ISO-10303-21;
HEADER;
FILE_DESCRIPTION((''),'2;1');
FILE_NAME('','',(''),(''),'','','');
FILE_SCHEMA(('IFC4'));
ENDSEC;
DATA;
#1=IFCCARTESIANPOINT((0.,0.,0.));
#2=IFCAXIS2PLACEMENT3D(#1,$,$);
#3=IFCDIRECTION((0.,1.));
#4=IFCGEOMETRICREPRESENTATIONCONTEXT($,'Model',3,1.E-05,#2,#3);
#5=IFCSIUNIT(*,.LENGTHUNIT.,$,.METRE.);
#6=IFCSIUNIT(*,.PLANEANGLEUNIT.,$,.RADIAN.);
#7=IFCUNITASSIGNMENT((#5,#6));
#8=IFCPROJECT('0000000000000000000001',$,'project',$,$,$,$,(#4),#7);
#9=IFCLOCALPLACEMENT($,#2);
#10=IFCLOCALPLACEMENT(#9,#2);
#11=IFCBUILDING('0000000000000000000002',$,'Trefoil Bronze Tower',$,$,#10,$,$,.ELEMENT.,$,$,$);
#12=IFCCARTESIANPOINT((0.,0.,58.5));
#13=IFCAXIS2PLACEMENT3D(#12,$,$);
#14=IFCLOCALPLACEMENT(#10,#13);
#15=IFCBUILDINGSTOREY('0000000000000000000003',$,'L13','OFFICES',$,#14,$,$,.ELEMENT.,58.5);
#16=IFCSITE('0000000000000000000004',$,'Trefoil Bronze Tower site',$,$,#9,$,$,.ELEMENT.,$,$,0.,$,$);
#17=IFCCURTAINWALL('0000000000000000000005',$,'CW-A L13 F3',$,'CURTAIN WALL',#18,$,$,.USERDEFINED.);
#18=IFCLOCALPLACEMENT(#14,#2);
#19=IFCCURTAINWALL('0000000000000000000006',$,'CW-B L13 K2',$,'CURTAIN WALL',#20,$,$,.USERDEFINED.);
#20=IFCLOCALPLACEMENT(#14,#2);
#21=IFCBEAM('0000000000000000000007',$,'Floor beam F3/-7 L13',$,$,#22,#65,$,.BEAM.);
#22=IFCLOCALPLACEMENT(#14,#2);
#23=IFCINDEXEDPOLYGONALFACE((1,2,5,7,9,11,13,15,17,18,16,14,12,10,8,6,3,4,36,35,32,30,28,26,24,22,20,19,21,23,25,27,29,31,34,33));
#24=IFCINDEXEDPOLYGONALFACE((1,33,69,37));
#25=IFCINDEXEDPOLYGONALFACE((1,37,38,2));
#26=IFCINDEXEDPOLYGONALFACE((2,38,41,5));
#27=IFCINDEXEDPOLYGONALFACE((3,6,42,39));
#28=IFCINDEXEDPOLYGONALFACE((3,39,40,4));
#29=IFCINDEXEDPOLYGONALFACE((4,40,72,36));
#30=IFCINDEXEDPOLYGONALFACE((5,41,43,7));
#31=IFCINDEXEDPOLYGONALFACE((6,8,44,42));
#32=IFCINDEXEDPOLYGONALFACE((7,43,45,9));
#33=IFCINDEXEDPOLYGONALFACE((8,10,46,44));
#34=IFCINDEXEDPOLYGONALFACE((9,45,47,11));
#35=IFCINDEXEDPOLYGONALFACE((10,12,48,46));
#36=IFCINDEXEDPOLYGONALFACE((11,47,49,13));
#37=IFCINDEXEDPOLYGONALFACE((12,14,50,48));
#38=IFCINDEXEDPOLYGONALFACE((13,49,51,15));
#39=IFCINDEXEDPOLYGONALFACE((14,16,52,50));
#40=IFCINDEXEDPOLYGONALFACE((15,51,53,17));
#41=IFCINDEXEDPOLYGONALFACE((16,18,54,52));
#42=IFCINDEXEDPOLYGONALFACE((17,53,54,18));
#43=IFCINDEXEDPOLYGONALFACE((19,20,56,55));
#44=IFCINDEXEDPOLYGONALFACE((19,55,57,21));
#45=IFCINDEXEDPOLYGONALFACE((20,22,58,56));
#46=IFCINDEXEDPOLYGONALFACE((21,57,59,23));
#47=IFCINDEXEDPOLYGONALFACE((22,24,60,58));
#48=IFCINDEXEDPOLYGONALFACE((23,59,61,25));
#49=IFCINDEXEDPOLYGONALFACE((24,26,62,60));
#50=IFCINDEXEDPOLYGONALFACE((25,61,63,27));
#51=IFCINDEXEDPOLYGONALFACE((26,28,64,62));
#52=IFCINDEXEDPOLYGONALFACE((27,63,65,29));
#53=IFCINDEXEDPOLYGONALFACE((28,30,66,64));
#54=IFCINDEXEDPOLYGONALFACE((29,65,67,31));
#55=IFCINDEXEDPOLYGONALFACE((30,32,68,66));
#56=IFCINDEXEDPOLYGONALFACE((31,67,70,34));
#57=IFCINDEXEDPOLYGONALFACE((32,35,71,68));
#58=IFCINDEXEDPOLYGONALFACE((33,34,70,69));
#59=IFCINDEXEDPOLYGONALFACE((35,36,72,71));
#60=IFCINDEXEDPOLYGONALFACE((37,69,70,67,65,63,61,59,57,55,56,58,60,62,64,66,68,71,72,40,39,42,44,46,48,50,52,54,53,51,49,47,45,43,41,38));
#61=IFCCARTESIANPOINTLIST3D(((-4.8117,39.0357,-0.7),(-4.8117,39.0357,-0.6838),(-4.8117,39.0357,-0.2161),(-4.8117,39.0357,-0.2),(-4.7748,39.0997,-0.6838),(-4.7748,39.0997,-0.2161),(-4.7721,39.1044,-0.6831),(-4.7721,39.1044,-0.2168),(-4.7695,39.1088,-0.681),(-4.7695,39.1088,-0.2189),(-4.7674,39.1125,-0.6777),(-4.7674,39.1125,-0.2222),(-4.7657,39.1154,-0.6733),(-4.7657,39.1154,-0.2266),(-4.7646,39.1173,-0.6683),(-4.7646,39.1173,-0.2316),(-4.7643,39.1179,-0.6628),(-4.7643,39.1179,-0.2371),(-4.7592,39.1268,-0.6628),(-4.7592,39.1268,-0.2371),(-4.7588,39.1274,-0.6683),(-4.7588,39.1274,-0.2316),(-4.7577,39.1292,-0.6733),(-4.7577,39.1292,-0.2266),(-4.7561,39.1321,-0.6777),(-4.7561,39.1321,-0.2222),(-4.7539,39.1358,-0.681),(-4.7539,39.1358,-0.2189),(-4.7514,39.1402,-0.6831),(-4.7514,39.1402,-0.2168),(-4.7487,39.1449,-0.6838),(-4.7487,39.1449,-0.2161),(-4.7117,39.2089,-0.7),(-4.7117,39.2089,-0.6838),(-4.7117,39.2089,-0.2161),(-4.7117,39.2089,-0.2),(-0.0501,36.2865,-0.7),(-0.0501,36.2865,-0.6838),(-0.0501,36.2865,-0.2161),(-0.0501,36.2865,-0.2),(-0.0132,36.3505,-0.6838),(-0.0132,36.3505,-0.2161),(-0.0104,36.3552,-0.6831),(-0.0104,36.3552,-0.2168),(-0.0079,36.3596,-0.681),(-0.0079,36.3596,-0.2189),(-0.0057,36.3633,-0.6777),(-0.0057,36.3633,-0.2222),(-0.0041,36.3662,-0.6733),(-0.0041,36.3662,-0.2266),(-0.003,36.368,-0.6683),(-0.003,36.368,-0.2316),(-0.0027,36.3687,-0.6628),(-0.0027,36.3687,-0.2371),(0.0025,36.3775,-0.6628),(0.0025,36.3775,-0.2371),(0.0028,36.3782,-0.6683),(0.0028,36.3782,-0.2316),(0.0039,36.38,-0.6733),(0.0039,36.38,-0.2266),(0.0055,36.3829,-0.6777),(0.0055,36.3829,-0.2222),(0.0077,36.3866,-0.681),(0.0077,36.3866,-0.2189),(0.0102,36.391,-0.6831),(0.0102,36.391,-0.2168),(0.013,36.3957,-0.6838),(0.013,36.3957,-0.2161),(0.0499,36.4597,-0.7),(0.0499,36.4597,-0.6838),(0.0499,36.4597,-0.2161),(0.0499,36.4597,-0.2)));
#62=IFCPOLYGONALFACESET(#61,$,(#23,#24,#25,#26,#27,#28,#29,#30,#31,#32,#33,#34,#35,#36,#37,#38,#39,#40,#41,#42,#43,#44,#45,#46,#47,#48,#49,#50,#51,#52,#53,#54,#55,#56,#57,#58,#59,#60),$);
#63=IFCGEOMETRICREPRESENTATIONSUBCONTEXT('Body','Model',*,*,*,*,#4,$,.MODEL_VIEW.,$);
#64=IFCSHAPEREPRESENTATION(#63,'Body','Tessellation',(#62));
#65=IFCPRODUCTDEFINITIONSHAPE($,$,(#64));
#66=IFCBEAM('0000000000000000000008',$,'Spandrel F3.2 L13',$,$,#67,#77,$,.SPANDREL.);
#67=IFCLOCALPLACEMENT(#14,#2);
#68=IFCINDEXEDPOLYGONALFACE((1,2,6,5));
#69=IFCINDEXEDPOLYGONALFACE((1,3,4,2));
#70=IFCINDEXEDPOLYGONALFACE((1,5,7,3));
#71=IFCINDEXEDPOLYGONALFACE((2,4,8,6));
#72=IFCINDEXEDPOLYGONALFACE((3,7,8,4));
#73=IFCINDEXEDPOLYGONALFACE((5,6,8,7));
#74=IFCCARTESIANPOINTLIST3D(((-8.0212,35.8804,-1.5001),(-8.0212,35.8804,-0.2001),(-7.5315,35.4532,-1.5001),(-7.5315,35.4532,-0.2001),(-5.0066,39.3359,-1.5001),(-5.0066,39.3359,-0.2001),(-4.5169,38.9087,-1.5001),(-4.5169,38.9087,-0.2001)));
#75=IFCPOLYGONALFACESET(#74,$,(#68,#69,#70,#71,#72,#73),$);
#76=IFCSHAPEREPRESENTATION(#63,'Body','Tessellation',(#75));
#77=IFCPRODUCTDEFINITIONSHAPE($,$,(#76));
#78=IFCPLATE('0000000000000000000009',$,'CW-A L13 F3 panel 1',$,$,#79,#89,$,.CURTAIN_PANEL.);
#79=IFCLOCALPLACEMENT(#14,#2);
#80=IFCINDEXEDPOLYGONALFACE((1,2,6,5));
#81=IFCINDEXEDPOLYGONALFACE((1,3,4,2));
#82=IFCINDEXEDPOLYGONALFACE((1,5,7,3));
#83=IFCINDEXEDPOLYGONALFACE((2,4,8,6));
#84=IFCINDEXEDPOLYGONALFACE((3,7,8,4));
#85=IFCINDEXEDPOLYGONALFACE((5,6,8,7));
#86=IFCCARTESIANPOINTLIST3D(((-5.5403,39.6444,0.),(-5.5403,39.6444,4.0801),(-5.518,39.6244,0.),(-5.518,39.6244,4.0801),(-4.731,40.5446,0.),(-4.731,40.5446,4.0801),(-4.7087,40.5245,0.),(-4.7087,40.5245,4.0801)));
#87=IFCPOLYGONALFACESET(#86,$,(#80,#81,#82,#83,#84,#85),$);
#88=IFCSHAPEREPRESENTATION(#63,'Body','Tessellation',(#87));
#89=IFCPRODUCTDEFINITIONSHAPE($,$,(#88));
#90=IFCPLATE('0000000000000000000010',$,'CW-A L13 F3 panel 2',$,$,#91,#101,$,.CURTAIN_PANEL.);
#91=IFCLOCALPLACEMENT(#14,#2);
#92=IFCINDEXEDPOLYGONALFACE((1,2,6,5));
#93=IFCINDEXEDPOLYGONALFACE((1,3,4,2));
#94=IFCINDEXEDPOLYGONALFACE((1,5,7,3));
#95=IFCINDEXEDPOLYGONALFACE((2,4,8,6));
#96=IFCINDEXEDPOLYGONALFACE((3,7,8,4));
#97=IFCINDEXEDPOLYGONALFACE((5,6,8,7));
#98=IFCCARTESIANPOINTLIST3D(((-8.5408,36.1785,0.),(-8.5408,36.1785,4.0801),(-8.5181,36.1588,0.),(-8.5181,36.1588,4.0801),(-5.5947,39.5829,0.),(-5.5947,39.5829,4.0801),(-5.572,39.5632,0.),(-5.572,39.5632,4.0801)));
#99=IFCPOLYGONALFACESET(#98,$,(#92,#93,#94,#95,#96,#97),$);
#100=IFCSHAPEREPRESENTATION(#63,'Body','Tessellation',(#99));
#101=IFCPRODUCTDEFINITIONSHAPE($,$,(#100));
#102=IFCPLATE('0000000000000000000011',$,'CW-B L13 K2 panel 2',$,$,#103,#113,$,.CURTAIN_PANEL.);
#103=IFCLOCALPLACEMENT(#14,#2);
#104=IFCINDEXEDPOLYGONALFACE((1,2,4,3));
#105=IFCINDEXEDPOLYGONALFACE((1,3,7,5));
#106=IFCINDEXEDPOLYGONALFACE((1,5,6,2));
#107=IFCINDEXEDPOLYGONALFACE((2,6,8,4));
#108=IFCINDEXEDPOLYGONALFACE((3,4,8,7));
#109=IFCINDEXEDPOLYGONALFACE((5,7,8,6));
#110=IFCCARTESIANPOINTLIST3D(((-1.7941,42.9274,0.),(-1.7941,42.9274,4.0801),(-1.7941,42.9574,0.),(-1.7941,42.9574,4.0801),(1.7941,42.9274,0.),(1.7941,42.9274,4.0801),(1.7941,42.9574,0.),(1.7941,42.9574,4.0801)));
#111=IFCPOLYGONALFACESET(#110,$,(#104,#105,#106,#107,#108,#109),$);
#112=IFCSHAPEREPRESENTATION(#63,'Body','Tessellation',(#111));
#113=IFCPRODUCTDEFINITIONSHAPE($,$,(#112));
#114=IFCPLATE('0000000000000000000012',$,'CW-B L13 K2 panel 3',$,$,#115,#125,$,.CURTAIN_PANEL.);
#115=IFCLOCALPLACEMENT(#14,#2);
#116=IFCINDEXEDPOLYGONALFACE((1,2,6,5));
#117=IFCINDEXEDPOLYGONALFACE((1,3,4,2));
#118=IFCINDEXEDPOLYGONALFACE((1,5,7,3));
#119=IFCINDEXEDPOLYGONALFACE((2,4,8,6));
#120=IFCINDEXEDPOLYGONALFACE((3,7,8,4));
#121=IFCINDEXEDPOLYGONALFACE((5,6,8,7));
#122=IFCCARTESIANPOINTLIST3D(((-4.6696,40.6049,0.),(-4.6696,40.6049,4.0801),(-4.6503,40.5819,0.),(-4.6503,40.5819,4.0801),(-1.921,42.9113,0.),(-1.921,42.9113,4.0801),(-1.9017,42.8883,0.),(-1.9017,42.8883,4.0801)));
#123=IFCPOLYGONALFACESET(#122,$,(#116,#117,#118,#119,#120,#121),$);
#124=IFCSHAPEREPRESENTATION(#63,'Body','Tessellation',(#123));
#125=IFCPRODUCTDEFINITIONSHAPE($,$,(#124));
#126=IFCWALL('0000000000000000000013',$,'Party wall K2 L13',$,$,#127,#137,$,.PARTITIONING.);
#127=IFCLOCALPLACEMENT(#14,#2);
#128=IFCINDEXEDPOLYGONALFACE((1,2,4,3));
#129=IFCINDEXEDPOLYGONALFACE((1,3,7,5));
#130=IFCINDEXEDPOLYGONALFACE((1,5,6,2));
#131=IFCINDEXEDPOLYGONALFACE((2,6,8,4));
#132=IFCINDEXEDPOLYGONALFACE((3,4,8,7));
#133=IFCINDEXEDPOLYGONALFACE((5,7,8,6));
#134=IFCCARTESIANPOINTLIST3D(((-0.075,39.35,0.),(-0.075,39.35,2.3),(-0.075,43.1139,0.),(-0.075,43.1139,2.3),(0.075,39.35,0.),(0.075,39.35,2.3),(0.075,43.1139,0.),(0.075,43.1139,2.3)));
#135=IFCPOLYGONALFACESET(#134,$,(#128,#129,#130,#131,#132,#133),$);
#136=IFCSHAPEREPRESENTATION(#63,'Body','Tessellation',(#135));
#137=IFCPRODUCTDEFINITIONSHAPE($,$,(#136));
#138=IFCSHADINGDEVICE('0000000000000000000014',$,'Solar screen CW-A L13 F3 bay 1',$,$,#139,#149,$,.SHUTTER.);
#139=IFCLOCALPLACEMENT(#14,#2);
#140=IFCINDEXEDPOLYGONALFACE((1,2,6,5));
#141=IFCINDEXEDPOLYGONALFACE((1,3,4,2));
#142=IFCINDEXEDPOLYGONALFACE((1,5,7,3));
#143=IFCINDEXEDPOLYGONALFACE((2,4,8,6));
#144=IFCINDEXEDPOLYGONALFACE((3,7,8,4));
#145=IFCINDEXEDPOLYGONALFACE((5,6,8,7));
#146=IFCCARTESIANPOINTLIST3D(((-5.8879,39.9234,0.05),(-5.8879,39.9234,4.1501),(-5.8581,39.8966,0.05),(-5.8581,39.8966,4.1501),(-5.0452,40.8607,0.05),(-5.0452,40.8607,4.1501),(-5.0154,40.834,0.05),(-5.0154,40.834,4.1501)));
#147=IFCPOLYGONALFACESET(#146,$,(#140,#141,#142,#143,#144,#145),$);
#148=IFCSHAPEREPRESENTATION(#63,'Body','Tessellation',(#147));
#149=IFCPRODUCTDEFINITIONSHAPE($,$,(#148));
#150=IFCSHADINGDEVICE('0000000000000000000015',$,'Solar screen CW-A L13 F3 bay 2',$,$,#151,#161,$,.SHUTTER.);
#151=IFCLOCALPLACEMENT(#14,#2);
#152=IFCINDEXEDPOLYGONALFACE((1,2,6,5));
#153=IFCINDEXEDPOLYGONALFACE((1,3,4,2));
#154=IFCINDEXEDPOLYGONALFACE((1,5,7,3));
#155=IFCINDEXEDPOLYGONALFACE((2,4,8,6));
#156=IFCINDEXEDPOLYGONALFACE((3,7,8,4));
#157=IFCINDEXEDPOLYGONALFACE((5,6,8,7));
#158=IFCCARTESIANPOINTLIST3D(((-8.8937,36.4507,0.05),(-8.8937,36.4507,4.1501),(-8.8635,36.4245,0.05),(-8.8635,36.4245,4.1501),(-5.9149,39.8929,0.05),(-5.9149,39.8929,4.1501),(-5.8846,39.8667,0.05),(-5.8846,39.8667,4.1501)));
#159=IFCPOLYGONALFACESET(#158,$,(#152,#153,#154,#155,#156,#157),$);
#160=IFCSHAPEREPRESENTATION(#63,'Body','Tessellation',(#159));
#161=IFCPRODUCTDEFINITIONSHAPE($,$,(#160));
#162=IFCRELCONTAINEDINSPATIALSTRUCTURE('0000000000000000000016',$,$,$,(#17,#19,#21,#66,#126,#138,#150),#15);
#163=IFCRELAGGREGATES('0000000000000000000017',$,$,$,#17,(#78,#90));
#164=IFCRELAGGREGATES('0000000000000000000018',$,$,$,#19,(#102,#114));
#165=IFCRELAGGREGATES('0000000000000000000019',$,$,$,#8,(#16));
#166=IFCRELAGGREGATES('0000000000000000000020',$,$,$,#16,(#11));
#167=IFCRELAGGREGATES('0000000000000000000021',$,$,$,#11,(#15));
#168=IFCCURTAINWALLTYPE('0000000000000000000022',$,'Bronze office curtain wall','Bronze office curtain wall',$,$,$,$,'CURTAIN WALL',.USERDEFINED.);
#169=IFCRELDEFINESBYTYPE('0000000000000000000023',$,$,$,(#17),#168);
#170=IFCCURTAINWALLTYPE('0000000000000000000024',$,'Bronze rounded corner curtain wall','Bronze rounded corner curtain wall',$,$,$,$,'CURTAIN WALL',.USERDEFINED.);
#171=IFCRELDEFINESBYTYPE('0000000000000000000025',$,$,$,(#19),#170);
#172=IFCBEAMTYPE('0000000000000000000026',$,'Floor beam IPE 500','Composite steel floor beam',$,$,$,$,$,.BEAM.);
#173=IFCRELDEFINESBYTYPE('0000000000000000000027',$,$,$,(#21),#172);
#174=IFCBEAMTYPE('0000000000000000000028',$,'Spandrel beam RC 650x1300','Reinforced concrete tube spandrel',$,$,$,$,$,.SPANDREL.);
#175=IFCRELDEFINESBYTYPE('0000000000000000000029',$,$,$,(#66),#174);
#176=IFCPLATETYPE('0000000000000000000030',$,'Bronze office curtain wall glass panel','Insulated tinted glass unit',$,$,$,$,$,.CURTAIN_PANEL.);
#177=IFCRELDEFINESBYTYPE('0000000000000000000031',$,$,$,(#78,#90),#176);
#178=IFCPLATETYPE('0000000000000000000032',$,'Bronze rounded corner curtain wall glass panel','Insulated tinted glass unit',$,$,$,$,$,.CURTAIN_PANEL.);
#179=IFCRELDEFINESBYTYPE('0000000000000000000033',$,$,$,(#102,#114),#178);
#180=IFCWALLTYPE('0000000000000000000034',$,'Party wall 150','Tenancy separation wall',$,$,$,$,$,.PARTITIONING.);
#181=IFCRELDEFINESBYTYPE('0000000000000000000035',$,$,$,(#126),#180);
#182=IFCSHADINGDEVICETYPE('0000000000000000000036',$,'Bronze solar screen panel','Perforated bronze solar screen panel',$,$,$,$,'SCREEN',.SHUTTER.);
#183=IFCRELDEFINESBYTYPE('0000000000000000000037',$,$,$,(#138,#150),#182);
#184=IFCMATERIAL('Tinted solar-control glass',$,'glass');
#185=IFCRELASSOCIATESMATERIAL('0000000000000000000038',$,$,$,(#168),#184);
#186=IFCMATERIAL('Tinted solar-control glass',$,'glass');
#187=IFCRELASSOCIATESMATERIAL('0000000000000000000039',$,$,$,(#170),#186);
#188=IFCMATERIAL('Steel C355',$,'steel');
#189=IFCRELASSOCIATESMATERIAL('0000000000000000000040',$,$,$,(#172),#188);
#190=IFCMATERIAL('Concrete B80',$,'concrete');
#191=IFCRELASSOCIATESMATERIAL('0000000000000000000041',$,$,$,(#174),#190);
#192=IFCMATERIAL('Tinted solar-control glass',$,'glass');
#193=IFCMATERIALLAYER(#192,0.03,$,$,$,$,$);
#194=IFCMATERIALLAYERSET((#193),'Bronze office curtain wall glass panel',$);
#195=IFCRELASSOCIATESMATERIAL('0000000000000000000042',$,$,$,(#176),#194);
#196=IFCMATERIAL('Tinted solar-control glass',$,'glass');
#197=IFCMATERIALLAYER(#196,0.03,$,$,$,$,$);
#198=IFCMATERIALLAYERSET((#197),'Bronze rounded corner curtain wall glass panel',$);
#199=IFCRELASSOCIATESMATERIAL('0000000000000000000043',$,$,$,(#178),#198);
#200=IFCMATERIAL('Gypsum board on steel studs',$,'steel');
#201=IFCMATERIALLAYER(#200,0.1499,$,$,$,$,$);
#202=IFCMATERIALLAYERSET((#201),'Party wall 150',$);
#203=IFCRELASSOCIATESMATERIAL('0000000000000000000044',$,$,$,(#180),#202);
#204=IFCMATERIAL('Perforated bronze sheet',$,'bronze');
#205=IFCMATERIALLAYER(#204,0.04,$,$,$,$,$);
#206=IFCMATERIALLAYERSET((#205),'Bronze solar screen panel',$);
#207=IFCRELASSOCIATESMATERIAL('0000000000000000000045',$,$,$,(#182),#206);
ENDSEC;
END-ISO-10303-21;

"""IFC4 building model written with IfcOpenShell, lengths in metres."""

from ifc_helpers import new_model, si_unit, direction, frame, frame_2d, origin, origin_2d, place, context, subcontext, project, spatial, rectangle, i_section, extrude, material, layer, layer_set, material_profile, profile_set, type_object, element, aggregate, save


model = new_model("IFC4")

# Units and contexts
model_context = context("Model", 3, precision=1e-05, world=origin(), true_north=direction((0.0, 1.0)))
body_context = subcontext(model_context, "Body", "Model", "MODEL_VIEW")
ifc_project = project(units=[si_unit("LENGTHUNIT", "METRE"), si_unit("PLANEANGLEUNIT", "RADIAN")], contexts=[model_context])

# Site, building, storey
site_placement = place(None, origin())
site = spatial("IfcSite", under=ifc_project, at=site_placement, Name="Trefoil Bronze Tower site", CompositionType="ELEMENT", RefElevation=0.0)
building_placement = place(site_placement, origin())
building = spatial("IfcBuilding", under=site, at=building_placement, Name="Trefoil Bronze Tower", CompositionType="ELEMENT")
storey_placement = place(building_placement, frame((0.0, 0.0, 58.5)))
storey = spatial("IfcBuildingStorey", under=building, at=storey_placement, Name="L13", Description="OFFICES", CompositionType="ELEMENT", Elevation=58.5)

# Curtain walls
ifc_material_1 = material(Name="Tinted solar-control glass", Category="glass")
curtain_wall_type_1 = type_object("IfcCurtainWallType", Name="Bronze office curtain wall", Description="Bronze office curtain wall", ElementType="CURTAIN WALL", PredefinedType="USERDEFINED", material=ifc_material_1)
curtain_wall_1_placement = place(storey_placement, origin())
curtain_wall_1 = element("IfcCurtainWall", 1, at=curtain_wall_1_placement, inside=storey, type_object=curtain_wall_type_1, Name="CW-A L13 F3", ObjectType="CURTAIN WALL", PredefinedType="USERDEFINED")
ifc_material_2 = material(Name="Tinted solar-control glass", Category="glass")
curtain_wall_type_2 = type_object("IfcCurtainWallType", Name="Bronze rounded corner curtain wall", Description="Bronze rounded corner curtain wall", ElementType="CURTAIN WALL", PredefinedType="USERDEFINED", material=ifc_material_2)
curtain_wall_2_placement = place(storey_placement, origin())
curtain_wall_2 = element("IfcCurtainWall", 2, at=curtain_wall_2_placement, inside=storey, type_object=curtain_wall_type_2, Name="CW-B L13 K2", ObjectType="CURTAIN WALL", PredefinedType="USERDEFINED")

# Beams
ifc_material_3 = material(Name="Steel C355", Category="steel")
ifc_material_profile_1 = material_profile(ifc_material_3, i_section(OverallWidth=0.2, OverallDepth=0.5, WebThickness=0.0103, FlangeThickness=0.0161, FilletRadius=0.021, at=origin_2d()), Name="IPE 500")
ifc_profile_set_1 = profile_set([ifc_material_profile_1], Name="Steel C355")
beam_type_1 = type_object("IfcBeamType", Name="Floor beam IPE 500", Description="Composite steel floor beam", PredefinedType="BEAM", material=ifc_profile_set_1)
beam_1_placement = place(storey_placement, frame((-4.7617, 39.1223, -0.45), z_axis=(0.866018, -0.500012, 0.0), x_axis=(0.500012, 0.866018, 0.0)))
element("IfcBeam", 3, at=beam_1_placement, inside=storey, type_object=beam_type_1, Name="Floor beam F3/-7 L13", PredefinedType="BEAM", context=body_context, shape_type="SweptSolid", body=[
    extrude(i_section(OverallWidth=0.2, OverallDepth=0.5, WebThickness=0.0103, FlangeThickness=0.0161, FilletRadius=0.021, at=origin_2d()), origin(), (0.0, 0.0, 1.0), 5.4983),
])
ifc_material_4 = material(Name="Concrete B80", Category="concrete")
ifc_material_profile_2 = material_profile(ifc_material_4, rectangle(XDim=0.6499, YDim=1.3, at=origin_2d()), Name="RC 650x1300")
ifc_profile_set_2 = profile_set([ifc_material_profile_2], Name="Concrete B80")
beam_type_2 = type_object("IfcBeamType", Name="Spandrel beam RC 650x1300", Description="Reinforced concrete tube spandrel", PredefinedType="SPANDREL", material=ifc_profile_set_2)
beam_2_placement = place(storey_placement, frame((-4.7617, 39.1223, -0.8501), z_axis=(-0.657396, -0.753545, 0.0), x_axis=(0.753545, -0.657396, 0.0)))
element("IfcBeam", 4, at=beam_2_placement, inside=storey, type_object=beam_type_2, Name="Spandrel F3.2 L13", PredefinedType="SPANDREL", context=body_context, shape_type="SweptSolid", body=[
    extrude(rectangle(XDim=0.6499, YDim=1.3, at=origin_2d()), origin(), (0.0, 0.0, 1.0), 4.5857),
])

# Plates
ifc_material_5 = material(Name="Tinted solar-control glass", Category="glass")
ifc_layer_1 = layer(ifc_material_5, 0.03)
ifc_layer_set_1 = layer_set([ifc_layer_1], Name="Bronze office curtain wall glass panel")
plate_type_1 = type_object("IfcPlateType", Name="Bronze office curtain wall glass panel", Description="Insulated tinted glass unit", PredefinedType="CURTAIN_PANEL", material=ifc_layer_set_1)
plate_1_placement = place(storey_placement, frame((-5.1245, 40.0845, 0.0), z_axis=(0.0, 0.0, 1.0), x_axis=(-0.668575, -0.743645, 0.0)))
plate_1 = element("IfcPlate", 5, at=plate_1_placement, type_object=plate_type_1, Name="CW-A L13 F3 panel 1", PredefinedType="CURTAIN_PANEL", context=body_context, shape_type="SweptSolid", body=[
    extrude(rectangle(XDim=1.2104, YDim=0.03, at=origin_2d()), origin(), (0.0, 0.0, 1.0), 4.0801),
])
plate_2_placement = place(storey_placement, frame((-7.0564, 37.8708, 0.0), z_axis=(0.0, 0.0, 1.0), x_axis=(-0.654376, -0.756169, 0.0)))
plate_2 = element("IfcPlate", 6, at=plate_2_placement, type_object=plate_type_1, Name="CW-A L13 F3 panel 2", PredefinedType="CURTAIN_PANEL", context=body_context, shape_type="SweptSolid", body=[
    extrude(rectangle(XDim=4.5022, YDim=0.03, at=origin_2d()), origin(), (0.0, 0.0, 1.0), 4.0801),
])
aggregate(curtain_wall_1, [plate_1, plate_2])
ifc_material_6 = material(Name="Tinted solar-control glass", Category="glass")
ifc_layer_2 = layer(ifc_material_6, 0.03)
ifc_layer_set_2 = layer_set([ifc_layer_2], Name="Bronze rounded corner curtain wall glass panel")
plate_type_2 = type_object("IfcPlateType", Name="Bronze rounded corner curtain wall glass panel", Description="Insulated tinted glass unit", PredefinedType="CURTAIN_PANEL", material=ifc_layer_set_2)
plate_3_placement = place(storey_placement, frame((0.0, 42.9424, 0.0), z_axis=(0.0, 0.0, 1.0), x_axis=(-1.0, 0.0, 0.0)))
plate_3 = element("IfcPlate", 7, at=plate_3_placement, type_object=plate_type_2, Name="CW-B L13 K2 panel 2", PredefinedType="CURTAIN_PANEL", context=body_context, shape_type="SweptSolid", body=[
    extrude(rectangle(XDim=3.5881, YDim=0.03, at=origin_2d()), origin(), (0.0, 0.0, 1.0), 4.0801),
])
plate_4_placement = place(storey_placement, frame((-3.2856, 41.7466, 0.0), z_axis=(0.0, 0.0, 1.0), x_axis=(-0.766044, -0.642788, 0.0)))
plate_4 = element("IfcPlate", 8, at=plate_4_placement, type_object=plate_type_2, Name="CW-B L13 K2 panel 3", PredefinedType="CURTAIN_PANEL", context=body_context, shape_type="SweptSolid", body=[
    extrude(rectangle(XDim=3.5881, YDim=0.03, at=origin_2d()), origin(), (0.0, 0.0, 1.0), 4.0801),
])
aggregate(curtain_wall_2, [plate_3, plate_4])

# Wall
ifc_material_7 = material(Name="Gypsum board on steel studs", Category="steel")
ifc_layer_3 = layer(ifc_material_7, 0.1499)
ifc_layer_set_3 = layer_set([ifc_layer_3], Name="Party wall 150")
wall_type = type_object("IfcWallType", Name="Party wall 150", Description="Tenancy separation wall", PredefinedType="PARTITIONING", material=ifc_layer_set_3)
wall_placement = place(storey_placement, frame((0.0, 39.3501, 0.0), z_axis=(0.0, 0.0, 1.0), x_axis=(0.0, 1.0, 0.0)))
element("IfcWall", 9, at=wall_placement, inside=storey, type_object=wall_type, Name="Party wall K2 L13", PredefinedType="PARTITIONING", context=body_context, shape_type="SweptSolid", body=[
    extrude(rectangle(XDim=3.7639, YDim=0.1499, at=frame_2d((1.8818, 0.0))), origin(), (0.0, 0.0, 1.0), 2.3),
])

# Shading devices
ifc_material_8 = material(Name="Perforated bronze sheet", Category="bronze")
ifc_layer_4 = layer(ifc_material_8, 0.04)
ifc_layer_set_4 = layer_set([ifc_layer_4], Name="Bronze solar screen panel")
shading_device_type = type_object("IfcShadingDeviceType", Name="Bronze solar screen panel", Description="Perforated bronze solar screen panel", ElementType="SCREEN", PredefinedType="SHUTTER", material=ifc_layer_set_4)
shading_device_1_placement = place(storey_placement, frame((-5.4517, 40.3787, 0.05), z_axis=(0.0, 0.0, 1.0), x_axis=(-0.668575, -0.743645, 0.0)))
element("IfcShadingDevice", 10, at=shading_device_1_placement, inside=storey, type_object=shading_device_type, Name="Solar screen CW-A L13 F3 bay 1", PredefinedType="SHUTTER", context=body_context, shape_type="SweptSolid", body=[
    extrude(rectangle(XDim=1.2605, YDim=0.04, at=origin_2d()), origin(), (0.0, 0.0, 1.0), 4.1001),
])
shading_device_2_placement = place(storey_placement, frame((-7.3892, 38.1587, 0.05), z_axis=(0.0, 0.0, 1.0), x_axis=(-0.654376, -0.756169, 0.0)))
element("IfcShadingDevice", 11, at=shading_device_2_placement, inside=storey, type_object=shading_device_type, Name="Solar screen CW-A L13 F3 bay 2", PredefinedType="SHUTTER", context=body_context, shape_type="SweptSolid", body=[
    extrude(rectangle(XDim=4.5522, YDim=0.04, at=origin_2d()), origin(), (0.0, 0.0, 1.0), 4.1001),
])

save(model, "model.ifc")
